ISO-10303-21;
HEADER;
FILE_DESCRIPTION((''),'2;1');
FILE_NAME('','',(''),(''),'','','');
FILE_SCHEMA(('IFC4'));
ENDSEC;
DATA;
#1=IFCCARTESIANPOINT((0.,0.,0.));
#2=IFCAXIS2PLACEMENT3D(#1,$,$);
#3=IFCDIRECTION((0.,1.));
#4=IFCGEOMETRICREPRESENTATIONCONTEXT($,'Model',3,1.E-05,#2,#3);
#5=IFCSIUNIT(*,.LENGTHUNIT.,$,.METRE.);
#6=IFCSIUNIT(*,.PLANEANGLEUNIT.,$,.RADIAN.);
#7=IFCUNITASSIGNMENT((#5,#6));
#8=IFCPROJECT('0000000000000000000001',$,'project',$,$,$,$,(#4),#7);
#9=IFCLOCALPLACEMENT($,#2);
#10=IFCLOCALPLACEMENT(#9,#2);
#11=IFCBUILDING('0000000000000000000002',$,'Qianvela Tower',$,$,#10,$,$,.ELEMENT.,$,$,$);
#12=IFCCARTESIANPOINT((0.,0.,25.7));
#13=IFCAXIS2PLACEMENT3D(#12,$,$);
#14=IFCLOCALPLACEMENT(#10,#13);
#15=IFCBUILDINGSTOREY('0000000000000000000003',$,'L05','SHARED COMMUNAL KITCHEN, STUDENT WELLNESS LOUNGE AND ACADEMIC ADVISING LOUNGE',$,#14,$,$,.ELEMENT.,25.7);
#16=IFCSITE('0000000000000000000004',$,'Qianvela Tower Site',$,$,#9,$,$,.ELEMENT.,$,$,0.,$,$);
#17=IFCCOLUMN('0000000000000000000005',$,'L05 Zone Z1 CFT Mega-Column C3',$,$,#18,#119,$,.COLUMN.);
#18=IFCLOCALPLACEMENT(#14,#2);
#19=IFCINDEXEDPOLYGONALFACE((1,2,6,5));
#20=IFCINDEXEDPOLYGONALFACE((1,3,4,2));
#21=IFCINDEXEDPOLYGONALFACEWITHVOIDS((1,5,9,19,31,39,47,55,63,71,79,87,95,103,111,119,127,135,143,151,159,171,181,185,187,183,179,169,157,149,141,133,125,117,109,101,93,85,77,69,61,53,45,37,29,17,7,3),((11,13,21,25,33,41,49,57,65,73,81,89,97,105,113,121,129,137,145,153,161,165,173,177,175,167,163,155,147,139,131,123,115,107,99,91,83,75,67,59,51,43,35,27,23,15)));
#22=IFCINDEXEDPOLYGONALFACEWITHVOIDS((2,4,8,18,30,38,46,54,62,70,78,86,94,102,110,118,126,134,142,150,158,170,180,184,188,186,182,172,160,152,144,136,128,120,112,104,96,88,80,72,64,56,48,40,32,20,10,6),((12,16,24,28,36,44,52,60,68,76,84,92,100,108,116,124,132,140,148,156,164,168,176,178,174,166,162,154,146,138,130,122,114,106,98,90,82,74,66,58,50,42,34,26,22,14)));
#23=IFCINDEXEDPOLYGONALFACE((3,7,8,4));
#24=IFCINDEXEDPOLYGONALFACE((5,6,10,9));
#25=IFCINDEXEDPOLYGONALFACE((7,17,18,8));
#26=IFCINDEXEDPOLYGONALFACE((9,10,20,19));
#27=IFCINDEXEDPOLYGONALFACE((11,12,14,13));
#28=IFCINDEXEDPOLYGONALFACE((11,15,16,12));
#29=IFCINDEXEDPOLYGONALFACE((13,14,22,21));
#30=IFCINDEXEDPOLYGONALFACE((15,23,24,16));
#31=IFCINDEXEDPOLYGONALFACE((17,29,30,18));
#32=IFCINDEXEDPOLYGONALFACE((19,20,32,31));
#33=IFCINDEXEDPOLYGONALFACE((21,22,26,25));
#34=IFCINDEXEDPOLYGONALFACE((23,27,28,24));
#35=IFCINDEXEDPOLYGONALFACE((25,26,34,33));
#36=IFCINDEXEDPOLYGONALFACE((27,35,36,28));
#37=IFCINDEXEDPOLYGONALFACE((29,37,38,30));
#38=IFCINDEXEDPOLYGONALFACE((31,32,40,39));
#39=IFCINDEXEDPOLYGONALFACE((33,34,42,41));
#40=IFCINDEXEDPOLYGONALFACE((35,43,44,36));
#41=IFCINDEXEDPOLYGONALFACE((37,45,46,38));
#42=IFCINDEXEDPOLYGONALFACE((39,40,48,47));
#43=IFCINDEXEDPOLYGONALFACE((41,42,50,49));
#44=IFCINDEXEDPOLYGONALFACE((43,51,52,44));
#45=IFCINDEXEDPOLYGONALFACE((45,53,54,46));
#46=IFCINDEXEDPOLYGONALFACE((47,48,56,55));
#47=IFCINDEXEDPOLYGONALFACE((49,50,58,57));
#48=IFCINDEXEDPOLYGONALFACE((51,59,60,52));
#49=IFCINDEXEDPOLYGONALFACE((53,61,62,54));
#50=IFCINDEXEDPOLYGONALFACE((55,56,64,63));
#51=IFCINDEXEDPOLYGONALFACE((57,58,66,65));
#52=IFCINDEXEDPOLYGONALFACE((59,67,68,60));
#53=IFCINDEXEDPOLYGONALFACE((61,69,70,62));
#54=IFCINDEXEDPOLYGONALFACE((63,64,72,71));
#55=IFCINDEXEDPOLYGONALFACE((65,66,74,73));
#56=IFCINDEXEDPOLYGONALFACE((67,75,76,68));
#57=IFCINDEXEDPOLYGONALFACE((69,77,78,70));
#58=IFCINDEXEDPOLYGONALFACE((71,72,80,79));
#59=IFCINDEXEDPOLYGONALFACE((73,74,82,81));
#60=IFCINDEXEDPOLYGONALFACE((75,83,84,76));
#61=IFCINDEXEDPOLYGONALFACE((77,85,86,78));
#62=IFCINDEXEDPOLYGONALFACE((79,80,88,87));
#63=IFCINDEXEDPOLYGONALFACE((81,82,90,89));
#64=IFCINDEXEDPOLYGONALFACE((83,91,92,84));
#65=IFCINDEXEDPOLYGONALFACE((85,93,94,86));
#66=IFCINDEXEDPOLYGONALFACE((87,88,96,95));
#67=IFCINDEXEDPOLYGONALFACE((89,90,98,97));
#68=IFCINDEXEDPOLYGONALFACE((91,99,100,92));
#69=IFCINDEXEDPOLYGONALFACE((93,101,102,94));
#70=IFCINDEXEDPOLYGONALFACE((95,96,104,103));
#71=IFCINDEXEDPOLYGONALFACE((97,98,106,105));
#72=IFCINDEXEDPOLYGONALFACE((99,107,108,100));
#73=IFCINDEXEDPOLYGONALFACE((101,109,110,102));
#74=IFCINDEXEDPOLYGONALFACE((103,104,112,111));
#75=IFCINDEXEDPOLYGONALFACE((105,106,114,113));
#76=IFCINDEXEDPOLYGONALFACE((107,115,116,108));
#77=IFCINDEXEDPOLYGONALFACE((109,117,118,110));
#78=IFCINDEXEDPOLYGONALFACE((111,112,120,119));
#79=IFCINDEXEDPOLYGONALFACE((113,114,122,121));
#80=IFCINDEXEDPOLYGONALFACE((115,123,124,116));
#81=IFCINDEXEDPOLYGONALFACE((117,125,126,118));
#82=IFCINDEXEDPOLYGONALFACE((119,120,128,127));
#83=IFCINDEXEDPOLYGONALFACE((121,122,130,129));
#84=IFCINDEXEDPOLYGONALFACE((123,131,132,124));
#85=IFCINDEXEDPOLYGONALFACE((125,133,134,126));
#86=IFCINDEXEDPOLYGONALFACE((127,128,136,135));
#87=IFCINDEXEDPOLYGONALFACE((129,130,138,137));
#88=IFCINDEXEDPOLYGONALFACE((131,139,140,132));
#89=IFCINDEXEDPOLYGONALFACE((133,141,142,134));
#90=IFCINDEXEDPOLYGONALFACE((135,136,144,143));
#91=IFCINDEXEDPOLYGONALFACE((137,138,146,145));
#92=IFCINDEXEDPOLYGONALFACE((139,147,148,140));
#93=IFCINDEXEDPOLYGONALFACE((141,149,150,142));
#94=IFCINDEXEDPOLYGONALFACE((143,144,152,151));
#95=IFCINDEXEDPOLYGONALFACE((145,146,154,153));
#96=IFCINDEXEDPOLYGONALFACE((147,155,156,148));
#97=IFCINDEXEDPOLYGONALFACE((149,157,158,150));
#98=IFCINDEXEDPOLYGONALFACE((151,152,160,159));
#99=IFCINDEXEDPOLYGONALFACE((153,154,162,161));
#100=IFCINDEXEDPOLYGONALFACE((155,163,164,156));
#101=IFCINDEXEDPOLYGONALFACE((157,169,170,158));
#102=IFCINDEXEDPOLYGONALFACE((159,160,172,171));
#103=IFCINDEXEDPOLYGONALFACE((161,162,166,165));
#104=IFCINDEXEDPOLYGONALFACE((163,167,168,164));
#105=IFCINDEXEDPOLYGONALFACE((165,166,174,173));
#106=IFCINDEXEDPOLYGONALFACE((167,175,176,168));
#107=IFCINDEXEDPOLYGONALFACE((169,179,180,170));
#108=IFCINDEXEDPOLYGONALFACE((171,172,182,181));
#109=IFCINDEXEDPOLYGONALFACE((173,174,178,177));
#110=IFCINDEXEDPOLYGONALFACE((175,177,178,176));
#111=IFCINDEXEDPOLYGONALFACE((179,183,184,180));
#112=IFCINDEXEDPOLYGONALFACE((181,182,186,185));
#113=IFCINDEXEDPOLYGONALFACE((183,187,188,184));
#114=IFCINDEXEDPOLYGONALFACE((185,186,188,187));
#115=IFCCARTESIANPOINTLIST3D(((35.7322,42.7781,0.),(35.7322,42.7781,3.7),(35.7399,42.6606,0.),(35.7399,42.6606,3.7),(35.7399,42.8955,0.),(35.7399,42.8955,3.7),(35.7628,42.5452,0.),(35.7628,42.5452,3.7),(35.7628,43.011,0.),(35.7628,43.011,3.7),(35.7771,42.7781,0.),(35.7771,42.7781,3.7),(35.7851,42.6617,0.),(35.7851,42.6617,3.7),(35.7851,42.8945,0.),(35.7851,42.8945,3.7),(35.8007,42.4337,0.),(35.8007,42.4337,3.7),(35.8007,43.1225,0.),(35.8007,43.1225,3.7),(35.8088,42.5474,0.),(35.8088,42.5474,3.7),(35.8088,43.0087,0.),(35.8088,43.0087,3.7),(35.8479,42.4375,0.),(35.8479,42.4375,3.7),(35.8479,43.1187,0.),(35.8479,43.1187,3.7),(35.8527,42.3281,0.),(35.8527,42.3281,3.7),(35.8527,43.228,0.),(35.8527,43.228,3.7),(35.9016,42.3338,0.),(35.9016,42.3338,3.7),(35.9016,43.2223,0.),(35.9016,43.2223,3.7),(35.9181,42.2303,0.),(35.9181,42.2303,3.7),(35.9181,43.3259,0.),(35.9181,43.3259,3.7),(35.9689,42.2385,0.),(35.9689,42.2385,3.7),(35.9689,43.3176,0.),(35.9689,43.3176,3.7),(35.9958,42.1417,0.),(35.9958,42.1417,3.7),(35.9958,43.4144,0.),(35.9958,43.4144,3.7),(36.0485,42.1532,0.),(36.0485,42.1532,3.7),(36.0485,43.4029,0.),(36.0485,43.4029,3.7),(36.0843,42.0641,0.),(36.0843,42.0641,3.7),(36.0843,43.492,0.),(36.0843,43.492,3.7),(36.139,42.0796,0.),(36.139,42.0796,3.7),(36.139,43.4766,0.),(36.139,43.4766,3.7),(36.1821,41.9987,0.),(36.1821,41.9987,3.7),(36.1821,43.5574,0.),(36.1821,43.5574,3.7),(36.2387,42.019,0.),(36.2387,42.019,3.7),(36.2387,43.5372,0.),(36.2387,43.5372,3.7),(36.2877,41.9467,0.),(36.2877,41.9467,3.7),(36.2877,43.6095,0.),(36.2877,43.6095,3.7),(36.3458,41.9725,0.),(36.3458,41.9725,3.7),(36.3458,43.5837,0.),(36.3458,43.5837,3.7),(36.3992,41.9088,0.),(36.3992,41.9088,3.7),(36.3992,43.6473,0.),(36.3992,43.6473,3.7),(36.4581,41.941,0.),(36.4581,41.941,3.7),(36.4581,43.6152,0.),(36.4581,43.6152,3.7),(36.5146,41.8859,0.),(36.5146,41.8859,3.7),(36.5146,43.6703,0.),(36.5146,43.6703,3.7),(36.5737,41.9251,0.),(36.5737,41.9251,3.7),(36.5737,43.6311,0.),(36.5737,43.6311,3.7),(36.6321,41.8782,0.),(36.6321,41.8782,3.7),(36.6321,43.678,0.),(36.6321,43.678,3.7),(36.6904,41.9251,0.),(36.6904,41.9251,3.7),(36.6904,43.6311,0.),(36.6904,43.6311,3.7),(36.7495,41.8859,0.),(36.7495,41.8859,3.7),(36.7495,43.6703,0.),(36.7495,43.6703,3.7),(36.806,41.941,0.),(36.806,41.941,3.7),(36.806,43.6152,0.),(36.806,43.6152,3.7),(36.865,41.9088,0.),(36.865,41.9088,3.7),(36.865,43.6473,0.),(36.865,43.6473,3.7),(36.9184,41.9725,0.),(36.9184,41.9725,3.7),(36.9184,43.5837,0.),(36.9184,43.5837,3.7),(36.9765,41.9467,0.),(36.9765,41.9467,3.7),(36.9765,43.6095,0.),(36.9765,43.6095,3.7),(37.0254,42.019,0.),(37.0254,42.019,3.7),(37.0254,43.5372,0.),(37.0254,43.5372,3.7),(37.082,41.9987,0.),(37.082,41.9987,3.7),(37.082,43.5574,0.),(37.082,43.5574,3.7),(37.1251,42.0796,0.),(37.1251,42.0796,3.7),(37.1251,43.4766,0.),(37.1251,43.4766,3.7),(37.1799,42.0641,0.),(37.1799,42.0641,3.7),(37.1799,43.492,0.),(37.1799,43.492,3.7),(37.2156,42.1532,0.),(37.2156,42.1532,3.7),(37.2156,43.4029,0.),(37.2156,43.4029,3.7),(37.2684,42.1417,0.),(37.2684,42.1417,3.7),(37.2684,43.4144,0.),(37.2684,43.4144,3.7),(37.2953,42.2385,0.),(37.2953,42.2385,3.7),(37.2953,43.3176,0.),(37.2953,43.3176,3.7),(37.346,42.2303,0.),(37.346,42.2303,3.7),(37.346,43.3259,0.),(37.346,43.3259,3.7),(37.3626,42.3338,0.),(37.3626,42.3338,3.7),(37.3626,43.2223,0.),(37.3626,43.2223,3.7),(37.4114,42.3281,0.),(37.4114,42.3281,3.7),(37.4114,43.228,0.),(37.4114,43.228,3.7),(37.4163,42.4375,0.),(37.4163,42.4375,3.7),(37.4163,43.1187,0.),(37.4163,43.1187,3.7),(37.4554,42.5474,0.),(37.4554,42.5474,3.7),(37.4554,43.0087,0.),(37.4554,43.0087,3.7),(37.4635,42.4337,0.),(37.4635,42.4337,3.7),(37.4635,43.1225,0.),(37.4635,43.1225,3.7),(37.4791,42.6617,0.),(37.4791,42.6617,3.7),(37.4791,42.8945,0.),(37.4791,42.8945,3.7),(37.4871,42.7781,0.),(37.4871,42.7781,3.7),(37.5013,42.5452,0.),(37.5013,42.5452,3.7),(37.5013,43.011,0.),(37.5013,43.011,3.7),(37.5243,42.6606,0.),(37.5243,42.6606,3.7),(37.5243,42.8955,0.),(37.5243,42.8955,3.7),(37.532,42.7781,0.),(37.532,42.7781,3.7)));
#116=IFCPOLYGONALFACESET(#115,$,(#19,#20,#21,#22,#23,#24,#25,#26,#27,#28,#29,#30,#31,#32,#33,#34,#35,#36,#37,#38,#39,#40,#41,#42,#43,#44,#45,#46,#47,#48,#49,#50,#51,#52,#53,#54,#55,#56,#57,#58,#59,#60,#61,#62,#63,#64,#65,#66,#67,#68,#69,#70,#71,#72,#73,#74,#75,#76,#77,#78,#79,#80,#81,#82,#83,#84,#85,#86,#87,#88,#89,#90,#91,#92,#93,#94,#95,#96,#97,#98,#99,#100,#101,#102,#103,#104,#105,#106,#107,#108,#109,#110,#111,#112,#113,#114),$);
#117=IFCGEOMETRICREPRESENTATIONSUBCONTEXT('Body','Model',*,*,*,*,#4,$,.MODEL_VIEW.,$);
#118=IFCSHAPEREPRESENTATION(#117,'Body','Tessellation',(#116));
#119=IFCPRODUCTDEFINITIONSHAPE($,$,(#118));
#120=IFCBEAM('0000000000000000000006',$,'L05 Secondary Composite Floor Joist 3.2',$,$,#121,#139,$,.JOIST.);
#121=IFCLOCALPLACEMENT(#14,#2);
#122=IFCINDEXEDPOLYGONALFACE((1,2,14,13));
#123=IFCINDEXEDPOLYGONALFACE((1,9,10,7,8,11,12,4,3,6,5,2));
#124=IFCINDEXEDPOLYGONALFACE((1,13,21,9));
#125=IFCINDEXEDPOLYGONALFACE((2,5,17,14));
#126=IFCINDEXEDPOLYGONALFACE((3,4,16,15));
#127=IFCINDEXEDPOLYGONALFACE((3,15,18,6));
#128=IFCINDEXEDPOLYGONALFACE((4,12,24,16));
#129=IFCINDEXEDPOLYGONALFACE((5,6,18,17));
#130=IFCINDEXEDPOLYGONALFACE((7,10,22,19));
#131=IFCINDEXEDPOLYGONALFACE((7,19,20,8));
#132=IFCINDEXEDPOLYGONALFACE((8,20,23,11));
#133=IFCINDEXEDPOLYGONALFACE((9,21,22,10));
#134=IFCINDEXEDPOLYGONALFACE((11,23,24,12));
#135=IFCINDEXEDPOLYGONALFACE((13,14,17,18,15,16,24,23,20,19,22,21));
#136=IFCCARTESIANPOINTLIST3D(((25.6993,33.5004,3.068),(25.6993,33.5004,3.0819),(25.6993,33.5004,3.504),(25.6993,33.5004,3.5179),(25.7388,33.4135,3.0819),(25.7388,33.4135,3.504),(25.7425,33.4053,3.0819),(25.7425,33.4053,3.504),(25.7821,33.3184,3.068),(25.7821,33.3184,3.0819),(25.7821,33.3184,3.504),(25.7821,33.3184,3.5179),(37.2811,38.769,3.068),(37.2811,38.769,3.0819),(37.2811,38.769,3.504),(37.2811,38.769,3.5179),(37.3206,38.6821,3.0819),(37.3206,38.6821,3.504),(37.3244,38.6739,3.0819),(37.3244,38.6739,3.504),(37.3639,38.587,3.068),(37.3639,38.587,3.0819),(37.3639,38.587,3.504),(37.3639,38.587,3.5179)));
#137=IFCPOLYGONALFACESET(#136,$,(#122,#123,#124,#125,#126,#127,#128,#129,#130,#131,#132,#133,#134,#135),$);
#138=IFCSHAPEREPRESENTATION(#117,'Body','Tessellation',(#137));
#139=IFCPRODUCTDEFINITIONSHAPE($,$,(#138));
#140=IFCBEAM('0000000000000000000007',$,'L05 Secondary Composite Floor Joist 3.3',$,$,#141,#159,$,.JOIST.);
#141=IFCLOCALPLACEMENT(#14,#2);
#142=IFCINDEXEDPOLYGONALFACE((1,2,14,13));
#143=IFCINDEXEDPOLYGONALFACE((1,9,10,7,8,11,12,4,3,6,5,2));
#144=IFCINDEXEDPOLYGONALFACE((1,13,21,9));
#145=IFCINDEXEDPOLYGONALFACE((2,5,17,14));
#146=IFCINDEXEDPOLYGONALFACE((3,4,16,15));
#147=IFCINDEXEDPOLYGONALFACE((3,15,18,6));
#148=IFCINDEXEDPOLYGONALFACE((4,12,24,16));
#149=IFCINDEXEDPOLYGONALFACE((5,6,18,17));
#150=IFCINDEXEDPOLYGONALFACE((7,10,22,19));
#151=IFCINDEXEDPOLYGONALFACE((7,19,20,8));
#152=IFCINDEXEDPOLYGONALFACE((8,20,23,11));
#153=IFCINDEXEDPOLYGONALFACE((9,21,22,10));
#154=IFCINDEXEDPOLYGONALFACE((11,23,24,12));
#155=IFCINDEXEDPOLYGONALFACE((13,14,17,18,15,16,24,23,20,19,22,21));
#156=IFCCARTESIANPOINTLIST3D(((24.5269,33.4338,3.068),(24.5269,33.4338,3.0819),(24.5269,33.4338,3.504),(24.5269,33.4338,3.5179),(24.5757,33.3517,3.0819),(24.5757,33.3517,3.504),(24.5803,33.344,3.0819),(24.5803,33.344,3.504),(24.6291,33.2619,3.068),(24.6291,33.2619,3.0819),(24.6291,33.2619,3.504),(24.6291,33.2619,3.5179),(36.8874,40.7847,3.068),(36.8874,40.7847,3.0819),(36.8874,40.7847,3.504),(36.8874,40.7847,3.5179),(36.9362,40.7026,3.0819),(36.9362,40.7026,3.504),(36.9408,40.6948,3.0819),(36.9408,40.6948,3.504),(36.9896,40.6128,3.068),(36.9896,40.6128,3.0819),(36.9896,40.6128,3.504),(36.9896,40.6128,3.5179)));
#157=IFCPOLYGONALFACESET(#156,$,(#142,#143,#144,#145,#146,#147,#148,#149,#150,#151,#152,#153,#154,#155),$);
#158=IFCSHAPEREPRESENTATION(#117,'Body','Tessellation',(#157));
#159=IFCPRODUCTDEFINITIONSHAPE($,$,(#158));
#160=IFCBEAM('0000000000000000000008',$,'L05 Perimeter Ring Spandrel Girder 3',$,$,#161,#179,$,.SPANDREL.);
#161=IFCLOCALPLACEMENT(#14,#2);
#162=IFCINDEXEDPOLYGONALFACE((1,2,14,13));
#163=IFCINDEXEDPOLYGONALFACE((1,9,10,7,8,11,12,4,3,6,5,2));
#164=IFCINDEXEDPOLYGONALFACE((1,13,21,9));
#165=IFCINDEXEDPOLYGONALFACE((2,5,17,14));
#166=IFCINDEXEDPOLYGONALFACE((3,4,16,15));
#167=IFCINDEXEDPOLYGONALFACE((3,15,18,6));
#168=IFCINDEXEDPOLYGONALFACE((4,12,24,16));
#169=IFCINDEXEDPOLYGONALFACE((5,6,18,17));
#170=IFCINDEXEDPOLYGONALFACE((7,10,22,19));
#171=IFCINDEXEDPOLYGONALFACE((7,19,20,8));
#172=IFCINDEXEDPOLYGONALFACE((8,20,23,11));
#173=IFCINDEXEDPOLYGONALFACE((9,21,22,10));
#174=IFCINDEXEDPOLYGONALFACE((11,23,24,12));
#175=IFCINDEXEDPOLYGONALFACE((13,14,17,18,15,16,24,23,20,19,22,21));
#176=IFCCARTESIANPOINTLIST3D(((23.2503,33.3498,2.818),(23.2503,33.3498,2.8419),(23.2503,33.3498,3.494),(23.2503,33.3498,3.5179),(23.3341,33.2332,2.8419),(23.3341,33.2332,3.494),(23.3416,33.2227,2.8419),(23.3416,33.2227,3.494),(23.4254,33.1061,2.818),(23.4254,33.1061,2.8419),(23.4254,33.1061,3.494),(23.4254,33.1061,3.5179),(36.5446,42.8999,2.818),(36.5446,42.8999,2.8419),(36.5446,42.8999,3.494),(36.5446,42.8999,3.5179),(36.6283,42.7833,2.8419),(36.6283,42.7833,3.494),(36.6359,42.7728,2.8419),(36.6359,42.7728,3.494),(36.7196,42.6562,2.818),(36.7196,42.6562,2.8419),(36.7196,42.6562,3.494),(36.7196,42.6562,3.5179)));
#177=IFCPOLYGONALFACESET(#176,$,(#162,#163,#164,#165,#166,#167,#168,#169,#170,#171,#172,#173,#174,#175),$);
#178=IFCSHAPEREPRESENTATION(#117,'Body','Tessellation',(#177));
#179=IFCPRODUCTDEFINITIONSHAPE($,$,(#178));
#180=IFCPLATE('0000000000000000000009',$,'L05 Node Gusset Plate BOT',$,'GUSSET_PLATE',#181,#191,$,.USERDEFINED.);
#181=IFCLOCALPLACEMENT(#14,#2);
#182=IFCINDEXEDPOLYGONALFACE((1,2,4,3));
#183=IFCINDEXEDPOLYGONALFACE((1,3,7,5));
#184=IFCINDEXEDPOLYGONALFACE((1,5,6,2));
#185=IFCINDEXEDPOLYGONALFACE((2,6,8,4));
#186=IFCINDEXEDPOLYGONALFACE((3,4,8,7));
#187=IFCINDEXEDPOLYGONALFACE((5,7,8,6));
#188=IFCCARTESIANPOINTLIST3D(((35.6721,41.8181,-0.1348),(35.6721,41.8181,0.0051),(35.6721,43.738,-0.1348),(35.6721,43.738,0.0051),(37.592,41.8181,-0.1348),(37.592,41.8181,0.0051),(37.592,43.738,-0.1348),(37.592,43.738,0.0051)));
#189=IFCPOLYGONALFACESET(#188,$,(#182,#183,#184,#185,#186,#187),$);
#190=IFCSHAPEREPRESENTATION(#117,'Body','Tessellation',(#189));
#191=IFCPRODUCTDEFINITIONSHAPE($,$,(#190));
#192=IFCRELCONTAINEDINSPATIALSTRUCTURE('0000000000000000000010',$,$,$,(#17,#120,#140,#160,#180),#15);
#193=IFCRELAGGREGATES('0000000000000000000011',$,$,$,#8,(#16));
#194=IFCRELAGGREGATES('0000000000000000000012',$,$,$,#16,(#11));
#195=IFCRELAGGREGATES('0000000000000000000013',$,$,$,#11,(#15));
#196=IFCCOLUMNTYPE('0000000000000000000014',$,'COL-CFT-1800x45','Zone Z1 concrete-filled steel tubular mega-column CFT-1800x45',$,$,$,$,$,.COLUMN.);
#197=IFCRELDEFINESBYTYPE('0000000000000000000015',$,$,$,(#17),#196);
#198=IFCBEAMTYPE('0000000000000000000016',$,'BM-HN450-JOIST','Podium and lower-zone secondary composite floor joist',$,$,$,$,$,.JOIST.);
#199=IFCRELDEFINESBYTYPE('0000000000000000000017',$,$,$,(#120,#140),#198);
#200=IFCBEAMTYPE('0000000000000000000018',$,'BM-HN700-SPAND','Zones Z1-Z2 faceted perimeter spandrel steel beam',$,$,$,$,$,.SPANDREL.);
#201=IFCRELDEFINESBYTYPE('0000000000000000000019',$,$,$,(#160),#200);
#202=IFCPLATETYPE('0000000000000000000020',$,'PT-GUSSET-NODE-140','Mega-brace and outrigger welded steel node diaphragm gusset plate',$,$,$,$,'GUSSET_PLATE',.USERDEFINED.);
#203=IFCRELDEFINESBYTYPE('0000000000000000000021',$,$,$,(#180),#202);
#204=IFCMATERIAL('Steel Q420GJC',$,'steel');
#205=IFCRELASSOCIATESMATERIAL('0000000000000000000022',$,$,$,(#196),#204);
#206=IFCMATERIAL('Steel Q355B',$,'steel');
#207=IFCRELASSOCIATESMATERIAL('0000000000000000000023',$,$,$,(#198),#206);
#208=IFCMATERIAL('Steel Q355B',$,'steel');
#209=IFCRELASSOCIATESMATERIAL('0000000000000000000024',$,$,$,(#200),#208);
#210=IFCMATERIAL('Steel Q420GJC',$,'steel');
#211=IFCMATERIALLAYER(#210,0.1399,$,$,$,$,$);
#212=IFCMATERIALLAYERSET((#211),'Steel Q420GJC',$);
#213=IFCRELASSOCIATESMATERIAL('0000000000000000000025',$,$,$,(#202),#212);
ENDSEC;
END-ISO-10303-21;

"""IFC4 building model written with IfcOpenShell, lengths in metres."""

from ifc_helpers import new_model, si_unit, direction, frame, origin, origin_2d, place, context, subcontext, project, spatial, rectangle, hollow_circle, i_section, extrude, material, layer, layer_set, material_profile, profile_set, type_object, element, save


model = new_model("IFC4")

# Units and contexts
model_context = context("Model", 3, precision=1e-05, world=origin(), true_north=direction((0.0, 1.0)))
body_context = subcontext(model_context, "Body", "Model", "MODEL_VIEW")
ifc_project = project(units=[si_unit("LENGTHUNIT", "METRE"), si_unit("PLANEANGLEUNIT", "RADIAN")], contexts=[model_context])

# Site, building, storey
site_placement = place(None, origin())
site = spatial("IfcSite", under=ifc_project, at=site_placement, Name="Qianvela Tower Site", CompositionType="ELEMENT", RefElevation=0.0)
building_placement = place(site_placement, origin())
building = spatial("IfcBuilding", under=site, at=building_placement, Name="Qianvela Tower", CompositionType="ELEMENT")
storey_placement = place(building_placement, frame((0.0, 0.0, 25.7)))
storey = spatial("IfcBuildingStorey", under=building, at=storey_placement, Name="L05", Description="SHARED COMMUNAL KITCHEN, STUDENT WELLNESS LOUNGE AND ACADEMIC ADVISING LOUNGE", CompositionType="ELEMENT", Elevation=25.7)

# Column
ifc_material_1 = material(Name="Steel Q420GJC", Category="steel")
ifc_material_profile_1 = material_profile(ifc_material_1, hollow_circle(Radius=0.8999, WallThickness=0.0449, at=origin_2d()), Name="CFT-1800x45")
ifc_profile_set_1 = profile_set([ifc_material_profile_1], Name="Steel Q420GJC")
column_type = type_object("IfcColumnType", Name="COL-CFT-1800x45", Description="Zone Z1 concrete-filled steel tubular mega-column CFT-1800x45", PredefinedType="COLUMN", material=ifc_profile_set_1)
column_placement = place(storey_placement, frame((36.6321, 42.7781, 0.0), z_axis=(0.0, 0.0, 1.0), x_axis=(1.0, 0.0, 0.0)))
element("IfcColumn", 1, at=column_placement, inside=storey, type_object=column_type, Name="L05 Zone Z1 CFT Mega-Column C3", PredefinedType="COLUMN", context=body_context, shape_type="SweptSolid", body=[
    extrude(hollow_circle(Radius=0.8999, WallThickness=0.0449, at=origin_2d()), origin(), (0.0, 0.0, 1.0), 3.7),
])

# Beams
ifc_material_2 = material(Name="Steel Q355B", Category="steel")
ifc_material_profile_2 = material_profile(ifc_material_2, i_section(OverallWidth=0.2, OverallDepth=0.45, WebThickness=0.009, FlangeThickness=0.0139, at=origin_2d()), Name="HN450x200x9x14")
ifc_profile_set_2 = profile_set([ifc_material_profile_2], Name="Steel Q355B")
beam_type_1 = type_object("IfcBeamType", Name="BM-HN450-JOIST", Description="Podium and lower-zone secondary composite floor joist", PredefinedType="JOIST", material=ifc_profile_set_2)
beam_1_placement = place(storey_placement, frame((37.3225, 38.678, 3.293), z_axis=(-0.910245, -0.41407, 0.0), x_axis=(0.41407, -0.910245, 0.0)))
element("IfcBeam", 2, at=beam_1_placement, inside=storey, type_object=beam_type_1, Name="L05 Secondary Composite Floor Joist 3.2", PredefinedType="JOIST", context=body_context, shape_type="SweptSolid", body=[
    extrude(i_section(OverallWidth=0.2, OverallDepth=0.45, WebThickness=0.009, FlangeThickness=0.0139, at=origin_2d()), origin(), (0.0, 0.0, 1.0), 12.7239),
])
beam_2_placement = place(storey_placement, frame((36.9385, 40.6987, 3.293), z_axis=(-0.859492, -0.511149, 0.0), x_axis=(0.511149, -0.859492, 0.0)))
element("IfcBeam", 3, at=beam_2_placement, inside=storey, type_object=beam_type_1, Name="L05 Secondary Composite Floor Joist 3.3", PredefinedType="JOIST", context=body_context, shape_type="SweptSolid", body=[
    extrude(i_section(OverallWidth=0.2, OverallDepth=0.45, WebThickness=0.009, FlangeThickness=0.0139, at=origin_2d()), origin(), (0.0, 0.0, 1.0), 14.3811),
])
ifc_material_3 = material(Name="Steel Q355B", Category="steel")
ifc_material_profile_3 = material_profile(ifc_material_3, i_section(OverallWidth=0.3, OverallDepth=0.7, WebThickness=0.0129, FlangeThickness=0.0239, at=origin_2d()), Name="HN700x300x13x24")
ifc_profile_set_3 = profile_set([ifc_material_profile_3], Name="Steel Q355B")
beam_type_2 = type_object("IfcBeamType", Name="BM-HN700-SPAND", Description="Zones Z1-Z2 faceted perimeter spandrel steel beam", PredefinedType="SPANDREL", material=ifc_profile_set_3)
beam_3_placement = place(storey_placement, frame((36.6321, 42.7781, 3.168), z_axis=(-0.812164, -0.583429, 0.0), x_axis=(0.583429, -0.812164, 0.0)))
element("IfcBeam", 4, at=beam_3_placement, inside=storey, type_object=beam_type_2, Name="L05 Perimeter Ring Spandrel Girder 3", PredefinedType="SPANDREL", context=body_context, shape_type="SweptSolid", body=[
    extrude(i_section(OverallWidth=0.3, OverallDepth=0.7, WebThickness=0.0129, FlangeThickness=0.0239, at=origin_2d()), origin(), (0.0, 0.0, 1.0), 16.3689),
])

# Plate
ifc_material_4 = material(Name="Steel Q420GJC", Category="steel")
ifc_layer_1 = layer(ifc_material_4, 0.1399)
ifc_layer_set_1 = layer_set([ifc_layer_1], Name="Steel Q420GJC")
plate_type_1 = type_object("IfcPlateType", Name="PT-GUSSET-NODE-140", Description="Mega-brace and outrigger welded steel node diaphragm gusset plate", ElementType="GUSSET_PLATE", PredefinedType="USERDEFINED", material=ifc_layer_set_1)
plate_1_placement = place(storey_placement, frame((36.6321, 42.7781, -0.1348), z_axis=(0.0, 0.0, 1.0), x_axis=(1.0, 0.0, 0.0)))
element("IfcPlate", 5, at=plate_1_placement, inside=storey, type_object=plate_type_1, Name="L05 Node Gusset Plate BOT", ObjectType="GUSSET_PLATE", PredefinedType="USERDEFINED", context=body_context, shape_type="SweptSolid", body=[
    extrude(rectangle(XDim=1.9199, YDim=1.9199, at=origin_2d()), origin(), (0.0, 0.0, 1.0), 0.1399),
])

save(model, "model.ifc")
